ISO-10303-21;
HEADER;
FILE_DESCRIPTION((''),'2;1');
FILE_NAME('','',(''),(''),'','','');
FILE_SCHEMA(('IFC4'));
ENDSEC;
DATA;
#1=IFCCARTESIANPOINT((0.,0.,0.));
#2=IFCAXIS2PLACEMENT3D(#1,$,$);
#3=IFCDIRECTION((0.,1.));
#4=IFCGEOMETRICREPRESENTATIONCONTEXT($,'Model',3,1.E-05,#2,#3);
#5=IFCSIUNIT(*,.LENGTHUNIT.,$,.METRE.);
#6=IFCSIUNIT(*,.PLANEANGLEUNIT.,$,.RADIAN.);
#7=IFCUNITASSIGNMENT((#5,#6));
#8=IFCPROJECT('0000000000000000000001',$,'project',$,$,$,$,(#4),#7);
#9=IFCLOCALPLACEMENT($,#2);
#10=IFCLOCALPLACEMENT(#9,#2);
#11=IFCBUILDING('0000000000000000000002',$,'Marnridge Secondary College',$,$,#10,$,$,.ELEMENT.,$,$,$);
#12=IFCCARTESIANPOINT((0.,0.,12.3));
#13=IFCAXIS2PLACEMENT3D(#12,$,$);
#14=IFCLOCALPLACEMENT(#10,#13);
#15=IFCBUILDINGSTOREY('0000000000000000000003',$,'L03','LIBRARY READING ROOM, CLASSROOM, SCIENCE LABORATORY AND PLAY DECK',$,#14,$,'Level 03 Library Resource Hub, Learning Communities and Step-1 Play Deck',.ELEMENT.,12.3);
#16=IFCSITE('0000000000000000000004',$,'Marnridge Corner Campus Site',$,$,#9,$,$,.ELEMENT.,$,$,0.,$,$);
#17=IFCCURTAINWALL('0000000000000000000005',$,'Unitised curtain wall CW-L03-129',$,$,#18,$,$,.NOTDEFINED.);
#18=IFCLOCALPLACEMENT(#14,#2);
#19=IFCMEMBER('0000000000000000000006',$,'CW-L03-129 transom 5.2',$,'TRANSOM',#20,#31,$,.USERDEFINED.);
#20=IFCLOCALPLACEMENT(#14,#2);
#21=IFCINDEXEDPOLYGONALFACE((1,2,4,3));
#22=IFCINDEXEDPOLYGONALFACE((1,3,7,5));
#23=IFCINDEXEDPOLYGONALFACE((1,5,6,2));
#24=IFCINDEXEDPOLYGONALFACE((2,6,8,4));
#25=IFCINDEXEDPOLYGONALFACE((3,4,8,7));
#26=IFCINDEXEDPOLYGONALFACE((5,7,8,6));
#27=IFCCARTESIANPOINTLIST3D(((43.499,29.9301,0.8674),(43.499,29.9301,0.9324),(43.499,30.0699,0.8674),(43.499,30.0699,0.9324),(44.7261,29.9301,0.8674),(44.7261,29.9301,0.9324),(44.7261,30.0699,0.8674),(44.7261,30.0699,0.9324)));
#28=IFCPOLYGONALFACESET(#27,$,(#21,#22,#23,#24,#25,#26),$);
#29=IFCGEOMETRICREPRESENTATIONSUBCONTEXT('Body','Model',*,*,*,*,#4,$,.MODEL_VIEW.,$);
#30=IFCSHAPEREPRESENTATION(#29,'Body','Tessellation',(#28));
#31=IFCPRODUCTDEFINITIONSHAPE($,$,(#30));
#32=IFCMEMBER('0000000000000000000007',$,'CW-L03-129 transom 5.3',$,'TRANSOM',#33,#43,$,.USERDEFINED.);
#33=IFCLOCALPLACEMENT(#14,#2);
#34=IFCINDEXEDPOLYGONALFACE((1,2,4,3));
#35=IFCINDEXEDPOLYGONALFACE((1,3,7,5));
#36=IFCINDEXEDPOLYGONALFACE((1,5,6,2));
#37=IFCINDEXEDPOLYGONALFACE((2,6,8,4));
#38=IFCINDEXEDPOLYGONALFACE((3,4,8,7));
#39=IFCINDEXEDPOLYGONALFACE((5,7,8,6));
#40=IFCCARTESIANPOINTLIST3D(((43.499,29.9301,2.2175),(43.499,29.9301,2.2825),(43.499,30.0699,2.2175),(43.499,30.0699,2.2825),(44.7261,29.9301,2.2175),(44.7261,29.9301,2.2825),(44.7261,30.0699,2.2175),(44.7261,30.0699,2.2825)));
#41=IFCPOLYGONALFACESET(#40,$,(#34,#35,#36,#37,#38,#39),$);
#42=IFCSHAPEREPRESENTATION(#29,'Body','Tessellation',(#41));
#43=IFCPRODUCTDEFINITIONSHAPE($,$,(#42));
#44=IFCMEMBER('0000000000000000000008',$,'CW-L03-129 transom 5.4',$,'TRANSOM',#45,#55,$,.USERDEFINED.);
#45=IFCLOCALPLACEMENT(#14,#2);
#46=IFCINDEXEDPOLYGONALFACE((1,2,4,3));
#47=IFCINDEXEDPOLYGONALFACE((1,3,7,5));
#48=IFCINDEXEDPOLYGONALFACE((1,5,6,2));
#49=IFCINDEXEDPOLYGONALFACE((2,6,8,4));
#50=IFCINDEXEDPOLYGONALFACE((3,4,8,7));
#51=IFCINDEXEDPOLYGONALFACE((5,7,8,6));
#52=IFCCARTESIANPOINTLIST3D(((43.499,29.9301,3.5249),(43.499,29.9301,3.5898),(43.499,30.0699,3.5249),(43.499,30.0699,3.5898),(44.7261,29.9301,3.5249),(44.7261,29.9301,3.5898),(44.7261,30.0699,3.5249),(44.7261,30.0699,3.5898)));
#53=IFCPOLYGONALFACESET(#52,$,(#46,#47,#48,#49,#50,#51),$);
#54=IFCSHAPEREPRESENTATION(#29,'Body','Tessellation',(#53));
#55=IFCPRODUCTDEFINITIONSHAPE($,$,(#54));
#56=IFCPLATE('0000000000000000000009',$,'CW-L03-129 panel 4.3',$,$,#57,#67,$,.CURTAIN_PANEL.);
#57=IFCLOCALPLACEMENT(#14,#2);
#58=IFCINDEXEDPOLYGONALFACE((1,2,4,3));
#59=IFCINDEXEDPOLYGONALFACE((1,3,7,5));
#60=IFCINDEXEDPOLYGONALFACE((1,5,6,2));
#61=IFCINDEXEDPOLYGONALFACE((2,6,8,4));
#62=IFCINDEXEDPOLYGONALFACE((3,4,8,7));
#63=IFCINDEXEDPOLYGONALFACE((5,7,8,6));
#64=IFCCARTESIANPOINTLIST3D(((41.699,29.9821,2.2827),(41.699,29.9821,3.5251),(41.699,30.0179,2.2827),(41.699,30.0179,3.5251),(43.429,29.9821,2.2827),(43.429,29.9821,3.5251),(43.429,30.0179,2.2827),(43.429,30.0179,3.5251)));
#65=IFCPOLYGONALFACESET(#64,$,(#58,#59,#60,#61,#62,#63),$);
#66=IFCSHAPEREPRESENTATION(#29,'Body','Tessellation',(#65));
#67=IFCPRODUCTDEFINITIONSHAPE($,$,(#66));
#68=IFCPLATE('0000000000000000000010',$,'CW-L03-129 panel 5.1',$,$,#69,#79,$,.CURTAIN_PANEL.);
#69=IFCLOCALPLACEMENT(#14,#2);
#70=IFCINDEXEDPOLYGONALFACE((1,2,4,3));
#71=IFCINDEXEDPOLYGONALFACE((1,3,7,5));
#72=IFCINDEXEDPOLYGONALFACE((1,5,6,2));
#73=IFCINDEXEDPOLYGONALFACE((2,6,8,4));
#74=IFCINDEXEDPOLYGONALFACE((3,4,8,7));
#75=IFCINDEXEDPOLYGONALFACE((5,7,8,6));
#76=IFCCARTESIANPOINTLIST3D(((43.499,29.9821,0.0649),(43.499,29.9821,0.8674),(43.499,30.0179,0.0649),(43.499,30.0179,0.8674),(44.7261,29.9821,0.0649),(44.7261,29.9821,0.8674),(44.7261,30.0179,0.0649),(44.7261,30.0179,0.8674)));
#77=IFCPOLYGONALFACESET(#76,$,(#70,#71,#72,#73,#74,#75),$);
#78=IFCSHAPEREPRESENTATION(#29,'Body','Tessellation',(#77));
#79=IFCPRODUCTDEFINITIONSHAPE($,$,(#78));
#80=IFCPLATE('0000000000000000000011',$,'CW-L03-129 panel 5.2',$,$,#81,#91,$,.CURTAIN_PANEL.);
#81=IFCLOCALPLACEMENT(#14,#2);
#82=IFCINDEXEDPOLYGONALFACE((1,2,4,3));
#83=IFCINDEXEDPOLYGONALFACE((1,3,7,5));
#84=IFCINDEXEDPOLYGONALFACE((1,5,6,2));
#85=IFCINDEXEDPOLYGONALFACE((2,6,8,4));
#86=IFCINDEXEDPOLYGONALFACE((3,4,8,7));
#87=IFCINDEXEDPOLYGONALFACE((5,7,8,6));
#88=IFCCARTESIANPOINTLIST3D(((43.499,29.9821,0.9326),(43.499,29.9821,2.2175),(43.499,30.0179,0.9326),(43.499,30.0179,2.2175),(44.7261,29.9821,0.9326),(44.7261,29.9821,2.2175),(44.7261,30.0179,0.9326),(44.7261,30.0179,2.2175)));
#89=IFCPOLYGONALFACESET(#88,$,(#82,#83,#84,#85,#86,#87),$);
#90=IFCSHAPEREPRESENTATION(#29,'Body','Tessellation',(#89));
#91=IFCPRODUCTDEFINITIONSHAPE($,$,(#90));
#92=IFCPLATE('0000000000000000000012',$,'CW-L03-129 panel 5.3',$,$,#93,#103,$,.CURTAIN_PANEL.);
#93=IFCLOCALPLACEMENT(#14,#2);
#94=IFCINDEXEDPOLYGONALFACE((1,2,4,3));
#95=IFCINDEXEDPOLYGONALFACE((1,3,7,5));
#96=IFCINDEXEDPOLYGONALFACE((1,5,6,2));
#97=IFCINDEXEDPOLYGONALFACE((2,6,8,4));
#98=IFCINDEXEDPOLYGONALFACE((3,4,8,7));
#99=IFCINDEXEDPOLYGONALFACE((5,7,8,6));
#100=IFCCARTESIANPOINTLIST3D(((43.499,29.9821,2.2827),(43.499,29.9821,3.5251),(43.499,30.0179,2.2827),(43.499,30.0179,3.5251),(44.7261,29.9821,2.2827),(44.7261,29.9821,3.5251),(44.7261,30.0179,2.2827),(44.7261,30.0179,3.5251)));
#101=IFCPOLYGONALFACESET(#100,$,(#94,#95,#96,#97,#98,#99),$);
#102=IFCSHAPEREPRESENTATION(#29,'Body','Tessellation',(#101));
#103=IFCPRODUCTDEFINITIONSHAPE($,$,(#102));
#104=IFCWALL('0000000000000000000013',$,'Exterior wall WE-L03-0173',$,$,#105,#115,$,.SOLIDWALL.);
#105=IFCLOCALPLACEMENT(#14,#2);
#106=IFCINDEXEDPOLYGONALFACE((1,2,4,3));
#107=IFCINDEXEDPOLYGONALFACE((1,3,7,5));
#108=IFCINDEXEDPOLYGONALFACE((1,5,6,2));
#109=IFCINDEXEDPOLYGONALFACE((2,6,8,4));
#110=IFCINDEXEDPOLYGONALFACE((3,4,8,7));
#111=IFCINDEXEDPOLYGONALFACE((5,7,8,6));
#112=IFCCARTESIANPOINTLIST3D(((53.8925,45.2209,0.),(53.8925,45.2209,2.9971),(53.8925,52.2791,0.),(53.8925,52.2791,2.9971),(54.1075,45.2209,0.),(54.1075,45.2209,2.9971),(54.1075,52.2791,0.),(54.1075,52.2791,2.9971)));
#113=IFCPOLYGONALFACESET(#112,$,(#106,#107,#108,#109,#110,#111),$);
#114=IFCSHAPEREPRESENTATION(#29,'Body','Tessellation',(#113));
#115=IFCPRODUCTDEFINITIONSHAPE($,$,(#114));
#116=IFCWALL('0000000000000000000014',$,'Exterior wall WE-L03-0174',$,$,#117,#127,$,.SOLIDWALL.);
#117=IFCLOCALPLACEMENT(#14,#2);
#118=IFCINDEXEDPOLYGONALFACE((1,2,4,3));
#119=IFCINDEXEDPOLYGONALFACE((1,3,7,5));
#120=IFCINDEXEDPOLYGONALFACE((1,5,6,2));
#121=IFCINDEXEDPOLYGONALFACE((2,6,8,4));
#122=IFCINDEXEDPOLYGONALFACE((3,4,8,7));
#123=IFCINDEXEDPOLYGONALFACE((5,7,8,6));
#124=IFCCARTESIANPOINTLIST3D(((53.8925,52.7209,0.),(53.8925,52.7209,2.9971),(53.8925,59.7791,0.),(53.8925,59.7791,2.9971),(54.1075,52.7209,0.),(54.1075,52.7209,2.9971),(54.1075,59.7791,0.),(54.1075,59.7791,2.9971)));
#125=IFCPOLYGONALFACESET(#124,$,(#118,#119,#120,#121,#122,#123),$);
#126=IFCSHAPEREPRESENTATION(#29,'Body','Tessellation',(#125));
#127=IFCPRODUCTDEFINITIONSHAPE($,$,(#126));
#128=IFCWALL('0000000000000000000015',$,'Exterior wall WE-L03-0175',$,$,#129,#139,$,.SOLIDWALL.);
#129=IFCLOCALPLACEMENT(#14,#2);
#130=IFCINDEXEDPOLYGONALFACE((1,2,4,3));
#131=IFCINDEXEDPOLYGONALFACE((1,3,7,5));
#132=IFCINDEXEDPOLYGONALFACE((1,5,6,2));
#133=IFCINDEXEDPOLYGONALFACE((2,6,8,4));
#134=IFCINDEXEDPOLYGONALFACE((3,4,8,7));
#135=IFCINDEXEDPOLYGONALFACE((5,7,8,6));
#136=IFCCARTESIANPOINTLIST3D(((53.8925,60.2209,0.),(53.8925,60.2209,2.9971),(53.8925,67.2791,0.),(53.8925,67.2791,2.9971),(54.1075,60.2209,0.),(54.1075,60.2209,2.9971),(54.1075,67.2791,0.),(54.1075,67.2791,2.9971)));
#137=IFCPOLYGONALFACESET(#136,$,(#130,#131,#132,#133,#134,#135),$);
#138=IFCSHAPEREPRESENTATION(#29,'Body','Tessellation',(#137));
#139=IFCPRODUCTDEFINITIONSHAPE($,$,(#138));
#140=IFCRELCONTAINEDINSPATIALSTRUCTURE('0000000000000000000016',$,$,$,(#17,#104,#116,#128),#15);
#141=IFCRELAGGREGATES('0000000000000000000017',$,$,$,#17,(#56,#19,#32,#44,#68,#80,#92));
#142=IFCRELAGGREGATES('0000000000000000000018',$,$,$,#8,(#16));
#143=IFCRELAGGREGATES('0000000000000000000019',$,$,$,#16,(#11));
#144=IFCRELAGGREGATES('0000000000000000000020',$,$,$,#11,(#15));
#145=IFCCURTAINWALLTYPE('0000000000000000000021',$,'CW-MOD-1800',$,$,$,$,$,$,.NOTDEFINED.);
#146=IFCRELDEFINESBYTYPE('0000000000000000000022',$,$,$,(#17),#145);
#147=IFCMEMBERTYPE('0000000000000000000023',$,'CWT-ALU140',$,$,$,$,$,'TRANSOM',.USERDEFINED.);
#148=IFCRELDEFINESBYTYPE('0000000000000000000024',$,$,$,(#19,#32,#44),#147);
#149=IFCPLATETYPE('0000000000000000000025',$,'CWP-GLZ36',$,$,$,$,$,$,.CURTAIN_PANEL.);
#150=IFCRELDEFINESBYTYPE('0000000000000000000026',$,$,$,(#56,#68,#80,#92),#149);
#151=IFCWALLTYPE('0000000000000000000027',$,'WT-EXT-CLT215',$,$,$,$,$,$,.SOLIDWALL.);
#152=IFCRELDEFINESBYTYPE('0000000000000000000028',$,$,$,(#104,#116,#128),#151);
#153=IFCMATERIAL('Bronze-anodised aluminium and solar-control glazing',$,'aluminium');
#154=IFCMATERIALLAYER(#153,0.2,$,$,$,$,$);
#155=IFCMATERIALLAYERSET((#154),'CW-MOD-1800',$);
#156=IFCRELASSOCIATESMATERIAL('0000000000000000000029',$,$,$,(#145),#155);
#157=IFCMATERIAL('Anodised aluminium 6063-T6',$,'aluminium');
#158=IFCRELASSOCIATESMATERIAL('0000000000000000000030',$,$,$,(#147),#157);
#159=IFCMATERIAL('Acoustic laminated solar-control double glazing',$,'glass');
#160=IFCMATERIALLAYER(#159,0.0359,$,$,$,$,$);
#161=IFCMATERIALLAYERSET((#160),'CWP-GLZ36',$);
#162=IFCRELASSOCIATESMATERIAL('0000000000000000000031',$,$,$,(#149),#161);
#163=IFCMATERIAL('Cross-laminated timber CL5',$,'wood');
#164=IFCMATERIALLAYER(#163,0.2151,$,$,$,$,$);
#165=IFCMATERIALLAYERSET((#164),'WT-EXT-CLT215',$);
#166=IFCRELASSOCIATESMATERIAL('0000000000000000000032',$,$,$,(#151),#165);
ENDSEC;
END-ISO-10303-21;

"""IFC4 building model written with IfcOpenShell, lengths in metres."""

from ifc_helpers import new_model, si_unit, direction, frame, frame_2d, origin, origin_2d, place, context, subcontext, project, spatial, rectangle, extrude, material, layer, layer_set, material_profile, profile_set, type_object, element, aggregate, save


model = new_model("IFC4")

# Units and contexts
model_context = context("Model", 3, precision=1e-05, world=origin(), true_north=direction((0.0, 1.0)))
body_context = subcontext(model_context, "Body", "Model", "MODEL_VIEW")
ifc_project = project(units=[si_unit("LENGTHUNIT", "METRE"), si_unit("PLANEANGLEUNIT", "RADIAN")], contexts=[model_context])

# Site, building, storey
site_placement = place(None, origin())
site = spatial("IfcSite", under=ifc_project, at=site_placement, Name="Marnridge Corner Campus Site", CompositionType="ELEMENT", RefElevation=0.0)
building_placement = place(site_placement, origin())
building = spatial("IfcBuilding", under=site, at=building_placement, Name="Marnridge Secondary College", CompositionType="ELEMENT")
storey_placement = place(building_placement, frame((0.0, 0.0, 12.3)))
storey = spatial("IfcBuildingStorey", under=building, at=storey_placement, Name="L03", Description="LIBRARY READING ROOM, CLASSROOM, SCIENCE LABORATORY AND PLAY DECK", LongName="Level 03 Library Resource Hub, Learning Communities and Step-1 Play Deck", CompositionType="ELEMENT", Elevation=12.3)

# Curtain wall
ifc_material_1 = material(Name="Bronze-anodised aluminium and solar-control glazing", Category="aluminium")
ifc_layer_1 = layer(ifc_material_1, 0.2)
ifc_layer_set_1 = layer_set([ifc_layer_1], Name="CW-MOD-1800")
curtain_wall_type_1 = type_object("IfcCurtainWallType", Name="CW-MOD-1800", PredefinedType="NOTDEFINED", material=ifc_layer_set_1)
curtain_wall_1_placement = place(storey_placement, origin())
curtain_wall_1 = element("IfcCurtainWall", 1, at=curtain_wall_1_placement, inside=storey, type_object=curtain_wall_type_1, Name="Unitised curtain wall CW-L03-129", PredefinedType="NOTDEFINED")

# Members
ifc_material_2 = material(Name="Anodised aluminium 6063-T6", Category="aluminium")
ifc_material_profile_1 = material_profile(ifc_material_2, rectangle(XDim=0.0649, YDim=0.1399, at=origin_2d()), Name="ALU 65x140")
ifc_profile_set_1 = profile_set([ifc_material_profile_1], Name="Anodised aluminium 6063-T6")
member_type_1 = type_object("IfcMemberType", Name="CWT-ALU140", ElementType="TRANSOM", PredefinedType="USERDEFINED", material=ifc_profile_set_1)
member_1_placement = place(storey_placement, frame((43.499, 30.0, 0.8999), z_axis=(1.0, 0.0, 0.0), x_axis=(0.0, 0.0, 1.0)))
member_1 = element("IfcMember", 2, at=member_1_placement, type_object=member_type_1, Name="CW-L03-129 transom 5.2", ObjectType="TRANSOM", PredefinedType="USERDEFINED", context=body_context, shape_type="SweptSolid", body=[
    extrude(rectangle(XDim=0.0649, YDim=0.1399, at=origin_2d()), origin(), (0.0, 0.0, 1.0), 1.2271),
])
member_2_placement = place(storey_placement, frame((43.499, 30.0, 2.25), z_axis=(1.0, 0.0, 0.0), x_axis=(0.0, 0.0, 1.0)))
member_2 = element("IfcMember", 3, at=member_2_placement, type_object=member_type_1, Name="CW-L03-129 transom 5.3", ObjectType="TRANSOM", PredefinedType="USERDEFINED", context=body_context, shape_type="SweptSolid", body=[
    extrude(rectangle(XDim=0.0649, YDim=0.1399, at=origin_2d()), origin(), (0.0, 0.0, 1.0), 1.2271),
])
member_3_placement = place(storey_placement, frame((43.499, 30.0, 3.5574), z_axis=(1.0, 0.0, 0.0), x_axis=(0.0, 0.0, 1.0)))
member_3 = element("IfcMember", 4, at=member_3_placement, type_object=member_type_1, Name="CW-L03-129 transom 5.4", ObjectType="TRANSOM", PredefinedType="USERDEFINED", context=body_context, shape_type="SweptSolid", body=[
    extrude(rectangle(XDim=0.0649, YDim=0.1399, at=origin_2d()), origin(), (0.0, 0.0, 1.0), 1.2271),
])

# Plates
ifc_material_3 = material(Name="Acoustic laminated solar-control double glazing", Category="glass")
ifc_layer_2 = layer(ifc_material_3, 0.0359)
ifc_layer_set_2 = layer_set([ifc_layer_2], Name="CWP-GLZ36")
plate_type = type_object("IfcPlateType", Name="CWP-GLZ36", PredefinedType="CURTAIN_PANEL", material=ifc_layer_set_2)
plate_1_placement = place(storey_placement, frame((42.564, 30.0, 2.2827), z_axis=(0.0, 0.0, 1.0), x_axis=(1.0, 0.0, 0.0)))
plate_1 = element("IfcPlate", 5, at=plate_1_placement, type_object=plate_type, Name="CW-L03-129 panel 4.3", PredefinedType="CURTAIN_PANEL", context=body_context, shape_type="SweptSolid", body=[
    extrude(rectangle(XDim=1.73, YDim=0.0359, at=origin_2d()), origin(), (0.0, 0.0, 1.0), 1.2424),
])
plate_2_placement = place(storey_placement, frame((44.1125, 30.0, 0.0649), z_axis=(0.0, 0.0, 1.0), x_axis=(1.0, 0.0, 0.0)))
plate_2 = element("IfcPlate", 6, at=plate_2_placement, type_object=plate_type, Name="CW-L03-129 panel 5.1", PredefinedType="CURTAIN_PANEL", context=body_context, shape_type="SweptSolid", body=[
    extrude(rectangle(XDim=1.2271, YDim=0.0359, at=origin_2d()), origin(), (0.0, 0.0, 1.0), 0.8025),
])
plate_3_placement = place(storey_placement, frame((44.1125, 30.0, 0.9326), z_axis=(0.0, 0.0, 1.0), x_axis=(1.0, 0.0, 0.0)))
plate_3 = element("IfcPlate", 7, at=plate_3_placement, type_object=plate_type, Name="CW-L03-129 panel 5.2", PredefinedType="CURTAIN_PANEL", context=body_context, shape_type="SweptSolid", body=[
    extrude(rectangle(XDim=1.2271, YDim=0.0359, at=origin_2d()), origin(), (0.0, 0.0, 1.0), 1.2849),
])
plate_4_placement = place(storey_placement, frame((44.1125, 30.0, 2.2827), z_axis=(0.0, 0.0, 1.0), x_axis=(1.0, 0.0, 0.0)))
plate_4 = element("IfcPlate", 8, at=plate_4_placement, type_object=plate_type, Name="CW-L03-129 panel 5.3", PredefinedType="CURTAIN_PANEL", context=body_context, shape_type="SweptSolid", body=[
    extrude(rectangle(XDim=1.2271, YDim=0.0359, at=origin_2d()), origin(), (0.0, 0.0, 1.0), 1.2424),
])
aggregate(curtain_wall_1, [plate_1, member_1, member_2, member_3, plate_2, plate_3, plate_4])

# Walls
ifc_material_4 = material(Name="Cross-laminated timber CL5", Category="wood")
ifc_layer_3 = layer(ifc_material_4, 0.2151)
ifc_layer_set_3 = layer_set([ifc_layer_3], Name="WT-EXT-CLT215")
wall_type = type_object("IfcWallType", Name="WT-EXT-CLT215", PredefinedType="SOLIDWALL", material=ifc_layer_set_3)
for number, where, z_axis, x_axis, name in (
    (9, (54.0, 45.2209, 0.0), (0.0, 0.0, 1.0), (0.0, 1.0, 0.0), "Exterior wall WE-L03-0173"),
    (10, (54.0, 52.7209, 0.0), (0.0, 0.0, 1.0), (0.0, 1.0, 0.0), "Exterior wall WE-L03-0174"),
    (11, (54.0, 60.2209, 0.0), (0.0, 0.0, 1.0), (0.0, 1.0, 0.0), "Exterior wall WE-L03-0175"),
):
    element("IfcWall", number, at=place(storey_placement, frame(where, z_axis=z_axis, x_axis=x_axis)), inside=storey, type_object=wall_type, Name=name, PredefinedType="SOLIDWALL", context=body_context, shape_type="SweptSolid", body=[
        extrude(rectangle(XDim=7.0581, YDim=0.2151, at=frame_2d((3.5291, 0.0))), origin(), (0.0, 0.0, 1.0), 2.9971),
    ])

save(model, "model.ifc")
